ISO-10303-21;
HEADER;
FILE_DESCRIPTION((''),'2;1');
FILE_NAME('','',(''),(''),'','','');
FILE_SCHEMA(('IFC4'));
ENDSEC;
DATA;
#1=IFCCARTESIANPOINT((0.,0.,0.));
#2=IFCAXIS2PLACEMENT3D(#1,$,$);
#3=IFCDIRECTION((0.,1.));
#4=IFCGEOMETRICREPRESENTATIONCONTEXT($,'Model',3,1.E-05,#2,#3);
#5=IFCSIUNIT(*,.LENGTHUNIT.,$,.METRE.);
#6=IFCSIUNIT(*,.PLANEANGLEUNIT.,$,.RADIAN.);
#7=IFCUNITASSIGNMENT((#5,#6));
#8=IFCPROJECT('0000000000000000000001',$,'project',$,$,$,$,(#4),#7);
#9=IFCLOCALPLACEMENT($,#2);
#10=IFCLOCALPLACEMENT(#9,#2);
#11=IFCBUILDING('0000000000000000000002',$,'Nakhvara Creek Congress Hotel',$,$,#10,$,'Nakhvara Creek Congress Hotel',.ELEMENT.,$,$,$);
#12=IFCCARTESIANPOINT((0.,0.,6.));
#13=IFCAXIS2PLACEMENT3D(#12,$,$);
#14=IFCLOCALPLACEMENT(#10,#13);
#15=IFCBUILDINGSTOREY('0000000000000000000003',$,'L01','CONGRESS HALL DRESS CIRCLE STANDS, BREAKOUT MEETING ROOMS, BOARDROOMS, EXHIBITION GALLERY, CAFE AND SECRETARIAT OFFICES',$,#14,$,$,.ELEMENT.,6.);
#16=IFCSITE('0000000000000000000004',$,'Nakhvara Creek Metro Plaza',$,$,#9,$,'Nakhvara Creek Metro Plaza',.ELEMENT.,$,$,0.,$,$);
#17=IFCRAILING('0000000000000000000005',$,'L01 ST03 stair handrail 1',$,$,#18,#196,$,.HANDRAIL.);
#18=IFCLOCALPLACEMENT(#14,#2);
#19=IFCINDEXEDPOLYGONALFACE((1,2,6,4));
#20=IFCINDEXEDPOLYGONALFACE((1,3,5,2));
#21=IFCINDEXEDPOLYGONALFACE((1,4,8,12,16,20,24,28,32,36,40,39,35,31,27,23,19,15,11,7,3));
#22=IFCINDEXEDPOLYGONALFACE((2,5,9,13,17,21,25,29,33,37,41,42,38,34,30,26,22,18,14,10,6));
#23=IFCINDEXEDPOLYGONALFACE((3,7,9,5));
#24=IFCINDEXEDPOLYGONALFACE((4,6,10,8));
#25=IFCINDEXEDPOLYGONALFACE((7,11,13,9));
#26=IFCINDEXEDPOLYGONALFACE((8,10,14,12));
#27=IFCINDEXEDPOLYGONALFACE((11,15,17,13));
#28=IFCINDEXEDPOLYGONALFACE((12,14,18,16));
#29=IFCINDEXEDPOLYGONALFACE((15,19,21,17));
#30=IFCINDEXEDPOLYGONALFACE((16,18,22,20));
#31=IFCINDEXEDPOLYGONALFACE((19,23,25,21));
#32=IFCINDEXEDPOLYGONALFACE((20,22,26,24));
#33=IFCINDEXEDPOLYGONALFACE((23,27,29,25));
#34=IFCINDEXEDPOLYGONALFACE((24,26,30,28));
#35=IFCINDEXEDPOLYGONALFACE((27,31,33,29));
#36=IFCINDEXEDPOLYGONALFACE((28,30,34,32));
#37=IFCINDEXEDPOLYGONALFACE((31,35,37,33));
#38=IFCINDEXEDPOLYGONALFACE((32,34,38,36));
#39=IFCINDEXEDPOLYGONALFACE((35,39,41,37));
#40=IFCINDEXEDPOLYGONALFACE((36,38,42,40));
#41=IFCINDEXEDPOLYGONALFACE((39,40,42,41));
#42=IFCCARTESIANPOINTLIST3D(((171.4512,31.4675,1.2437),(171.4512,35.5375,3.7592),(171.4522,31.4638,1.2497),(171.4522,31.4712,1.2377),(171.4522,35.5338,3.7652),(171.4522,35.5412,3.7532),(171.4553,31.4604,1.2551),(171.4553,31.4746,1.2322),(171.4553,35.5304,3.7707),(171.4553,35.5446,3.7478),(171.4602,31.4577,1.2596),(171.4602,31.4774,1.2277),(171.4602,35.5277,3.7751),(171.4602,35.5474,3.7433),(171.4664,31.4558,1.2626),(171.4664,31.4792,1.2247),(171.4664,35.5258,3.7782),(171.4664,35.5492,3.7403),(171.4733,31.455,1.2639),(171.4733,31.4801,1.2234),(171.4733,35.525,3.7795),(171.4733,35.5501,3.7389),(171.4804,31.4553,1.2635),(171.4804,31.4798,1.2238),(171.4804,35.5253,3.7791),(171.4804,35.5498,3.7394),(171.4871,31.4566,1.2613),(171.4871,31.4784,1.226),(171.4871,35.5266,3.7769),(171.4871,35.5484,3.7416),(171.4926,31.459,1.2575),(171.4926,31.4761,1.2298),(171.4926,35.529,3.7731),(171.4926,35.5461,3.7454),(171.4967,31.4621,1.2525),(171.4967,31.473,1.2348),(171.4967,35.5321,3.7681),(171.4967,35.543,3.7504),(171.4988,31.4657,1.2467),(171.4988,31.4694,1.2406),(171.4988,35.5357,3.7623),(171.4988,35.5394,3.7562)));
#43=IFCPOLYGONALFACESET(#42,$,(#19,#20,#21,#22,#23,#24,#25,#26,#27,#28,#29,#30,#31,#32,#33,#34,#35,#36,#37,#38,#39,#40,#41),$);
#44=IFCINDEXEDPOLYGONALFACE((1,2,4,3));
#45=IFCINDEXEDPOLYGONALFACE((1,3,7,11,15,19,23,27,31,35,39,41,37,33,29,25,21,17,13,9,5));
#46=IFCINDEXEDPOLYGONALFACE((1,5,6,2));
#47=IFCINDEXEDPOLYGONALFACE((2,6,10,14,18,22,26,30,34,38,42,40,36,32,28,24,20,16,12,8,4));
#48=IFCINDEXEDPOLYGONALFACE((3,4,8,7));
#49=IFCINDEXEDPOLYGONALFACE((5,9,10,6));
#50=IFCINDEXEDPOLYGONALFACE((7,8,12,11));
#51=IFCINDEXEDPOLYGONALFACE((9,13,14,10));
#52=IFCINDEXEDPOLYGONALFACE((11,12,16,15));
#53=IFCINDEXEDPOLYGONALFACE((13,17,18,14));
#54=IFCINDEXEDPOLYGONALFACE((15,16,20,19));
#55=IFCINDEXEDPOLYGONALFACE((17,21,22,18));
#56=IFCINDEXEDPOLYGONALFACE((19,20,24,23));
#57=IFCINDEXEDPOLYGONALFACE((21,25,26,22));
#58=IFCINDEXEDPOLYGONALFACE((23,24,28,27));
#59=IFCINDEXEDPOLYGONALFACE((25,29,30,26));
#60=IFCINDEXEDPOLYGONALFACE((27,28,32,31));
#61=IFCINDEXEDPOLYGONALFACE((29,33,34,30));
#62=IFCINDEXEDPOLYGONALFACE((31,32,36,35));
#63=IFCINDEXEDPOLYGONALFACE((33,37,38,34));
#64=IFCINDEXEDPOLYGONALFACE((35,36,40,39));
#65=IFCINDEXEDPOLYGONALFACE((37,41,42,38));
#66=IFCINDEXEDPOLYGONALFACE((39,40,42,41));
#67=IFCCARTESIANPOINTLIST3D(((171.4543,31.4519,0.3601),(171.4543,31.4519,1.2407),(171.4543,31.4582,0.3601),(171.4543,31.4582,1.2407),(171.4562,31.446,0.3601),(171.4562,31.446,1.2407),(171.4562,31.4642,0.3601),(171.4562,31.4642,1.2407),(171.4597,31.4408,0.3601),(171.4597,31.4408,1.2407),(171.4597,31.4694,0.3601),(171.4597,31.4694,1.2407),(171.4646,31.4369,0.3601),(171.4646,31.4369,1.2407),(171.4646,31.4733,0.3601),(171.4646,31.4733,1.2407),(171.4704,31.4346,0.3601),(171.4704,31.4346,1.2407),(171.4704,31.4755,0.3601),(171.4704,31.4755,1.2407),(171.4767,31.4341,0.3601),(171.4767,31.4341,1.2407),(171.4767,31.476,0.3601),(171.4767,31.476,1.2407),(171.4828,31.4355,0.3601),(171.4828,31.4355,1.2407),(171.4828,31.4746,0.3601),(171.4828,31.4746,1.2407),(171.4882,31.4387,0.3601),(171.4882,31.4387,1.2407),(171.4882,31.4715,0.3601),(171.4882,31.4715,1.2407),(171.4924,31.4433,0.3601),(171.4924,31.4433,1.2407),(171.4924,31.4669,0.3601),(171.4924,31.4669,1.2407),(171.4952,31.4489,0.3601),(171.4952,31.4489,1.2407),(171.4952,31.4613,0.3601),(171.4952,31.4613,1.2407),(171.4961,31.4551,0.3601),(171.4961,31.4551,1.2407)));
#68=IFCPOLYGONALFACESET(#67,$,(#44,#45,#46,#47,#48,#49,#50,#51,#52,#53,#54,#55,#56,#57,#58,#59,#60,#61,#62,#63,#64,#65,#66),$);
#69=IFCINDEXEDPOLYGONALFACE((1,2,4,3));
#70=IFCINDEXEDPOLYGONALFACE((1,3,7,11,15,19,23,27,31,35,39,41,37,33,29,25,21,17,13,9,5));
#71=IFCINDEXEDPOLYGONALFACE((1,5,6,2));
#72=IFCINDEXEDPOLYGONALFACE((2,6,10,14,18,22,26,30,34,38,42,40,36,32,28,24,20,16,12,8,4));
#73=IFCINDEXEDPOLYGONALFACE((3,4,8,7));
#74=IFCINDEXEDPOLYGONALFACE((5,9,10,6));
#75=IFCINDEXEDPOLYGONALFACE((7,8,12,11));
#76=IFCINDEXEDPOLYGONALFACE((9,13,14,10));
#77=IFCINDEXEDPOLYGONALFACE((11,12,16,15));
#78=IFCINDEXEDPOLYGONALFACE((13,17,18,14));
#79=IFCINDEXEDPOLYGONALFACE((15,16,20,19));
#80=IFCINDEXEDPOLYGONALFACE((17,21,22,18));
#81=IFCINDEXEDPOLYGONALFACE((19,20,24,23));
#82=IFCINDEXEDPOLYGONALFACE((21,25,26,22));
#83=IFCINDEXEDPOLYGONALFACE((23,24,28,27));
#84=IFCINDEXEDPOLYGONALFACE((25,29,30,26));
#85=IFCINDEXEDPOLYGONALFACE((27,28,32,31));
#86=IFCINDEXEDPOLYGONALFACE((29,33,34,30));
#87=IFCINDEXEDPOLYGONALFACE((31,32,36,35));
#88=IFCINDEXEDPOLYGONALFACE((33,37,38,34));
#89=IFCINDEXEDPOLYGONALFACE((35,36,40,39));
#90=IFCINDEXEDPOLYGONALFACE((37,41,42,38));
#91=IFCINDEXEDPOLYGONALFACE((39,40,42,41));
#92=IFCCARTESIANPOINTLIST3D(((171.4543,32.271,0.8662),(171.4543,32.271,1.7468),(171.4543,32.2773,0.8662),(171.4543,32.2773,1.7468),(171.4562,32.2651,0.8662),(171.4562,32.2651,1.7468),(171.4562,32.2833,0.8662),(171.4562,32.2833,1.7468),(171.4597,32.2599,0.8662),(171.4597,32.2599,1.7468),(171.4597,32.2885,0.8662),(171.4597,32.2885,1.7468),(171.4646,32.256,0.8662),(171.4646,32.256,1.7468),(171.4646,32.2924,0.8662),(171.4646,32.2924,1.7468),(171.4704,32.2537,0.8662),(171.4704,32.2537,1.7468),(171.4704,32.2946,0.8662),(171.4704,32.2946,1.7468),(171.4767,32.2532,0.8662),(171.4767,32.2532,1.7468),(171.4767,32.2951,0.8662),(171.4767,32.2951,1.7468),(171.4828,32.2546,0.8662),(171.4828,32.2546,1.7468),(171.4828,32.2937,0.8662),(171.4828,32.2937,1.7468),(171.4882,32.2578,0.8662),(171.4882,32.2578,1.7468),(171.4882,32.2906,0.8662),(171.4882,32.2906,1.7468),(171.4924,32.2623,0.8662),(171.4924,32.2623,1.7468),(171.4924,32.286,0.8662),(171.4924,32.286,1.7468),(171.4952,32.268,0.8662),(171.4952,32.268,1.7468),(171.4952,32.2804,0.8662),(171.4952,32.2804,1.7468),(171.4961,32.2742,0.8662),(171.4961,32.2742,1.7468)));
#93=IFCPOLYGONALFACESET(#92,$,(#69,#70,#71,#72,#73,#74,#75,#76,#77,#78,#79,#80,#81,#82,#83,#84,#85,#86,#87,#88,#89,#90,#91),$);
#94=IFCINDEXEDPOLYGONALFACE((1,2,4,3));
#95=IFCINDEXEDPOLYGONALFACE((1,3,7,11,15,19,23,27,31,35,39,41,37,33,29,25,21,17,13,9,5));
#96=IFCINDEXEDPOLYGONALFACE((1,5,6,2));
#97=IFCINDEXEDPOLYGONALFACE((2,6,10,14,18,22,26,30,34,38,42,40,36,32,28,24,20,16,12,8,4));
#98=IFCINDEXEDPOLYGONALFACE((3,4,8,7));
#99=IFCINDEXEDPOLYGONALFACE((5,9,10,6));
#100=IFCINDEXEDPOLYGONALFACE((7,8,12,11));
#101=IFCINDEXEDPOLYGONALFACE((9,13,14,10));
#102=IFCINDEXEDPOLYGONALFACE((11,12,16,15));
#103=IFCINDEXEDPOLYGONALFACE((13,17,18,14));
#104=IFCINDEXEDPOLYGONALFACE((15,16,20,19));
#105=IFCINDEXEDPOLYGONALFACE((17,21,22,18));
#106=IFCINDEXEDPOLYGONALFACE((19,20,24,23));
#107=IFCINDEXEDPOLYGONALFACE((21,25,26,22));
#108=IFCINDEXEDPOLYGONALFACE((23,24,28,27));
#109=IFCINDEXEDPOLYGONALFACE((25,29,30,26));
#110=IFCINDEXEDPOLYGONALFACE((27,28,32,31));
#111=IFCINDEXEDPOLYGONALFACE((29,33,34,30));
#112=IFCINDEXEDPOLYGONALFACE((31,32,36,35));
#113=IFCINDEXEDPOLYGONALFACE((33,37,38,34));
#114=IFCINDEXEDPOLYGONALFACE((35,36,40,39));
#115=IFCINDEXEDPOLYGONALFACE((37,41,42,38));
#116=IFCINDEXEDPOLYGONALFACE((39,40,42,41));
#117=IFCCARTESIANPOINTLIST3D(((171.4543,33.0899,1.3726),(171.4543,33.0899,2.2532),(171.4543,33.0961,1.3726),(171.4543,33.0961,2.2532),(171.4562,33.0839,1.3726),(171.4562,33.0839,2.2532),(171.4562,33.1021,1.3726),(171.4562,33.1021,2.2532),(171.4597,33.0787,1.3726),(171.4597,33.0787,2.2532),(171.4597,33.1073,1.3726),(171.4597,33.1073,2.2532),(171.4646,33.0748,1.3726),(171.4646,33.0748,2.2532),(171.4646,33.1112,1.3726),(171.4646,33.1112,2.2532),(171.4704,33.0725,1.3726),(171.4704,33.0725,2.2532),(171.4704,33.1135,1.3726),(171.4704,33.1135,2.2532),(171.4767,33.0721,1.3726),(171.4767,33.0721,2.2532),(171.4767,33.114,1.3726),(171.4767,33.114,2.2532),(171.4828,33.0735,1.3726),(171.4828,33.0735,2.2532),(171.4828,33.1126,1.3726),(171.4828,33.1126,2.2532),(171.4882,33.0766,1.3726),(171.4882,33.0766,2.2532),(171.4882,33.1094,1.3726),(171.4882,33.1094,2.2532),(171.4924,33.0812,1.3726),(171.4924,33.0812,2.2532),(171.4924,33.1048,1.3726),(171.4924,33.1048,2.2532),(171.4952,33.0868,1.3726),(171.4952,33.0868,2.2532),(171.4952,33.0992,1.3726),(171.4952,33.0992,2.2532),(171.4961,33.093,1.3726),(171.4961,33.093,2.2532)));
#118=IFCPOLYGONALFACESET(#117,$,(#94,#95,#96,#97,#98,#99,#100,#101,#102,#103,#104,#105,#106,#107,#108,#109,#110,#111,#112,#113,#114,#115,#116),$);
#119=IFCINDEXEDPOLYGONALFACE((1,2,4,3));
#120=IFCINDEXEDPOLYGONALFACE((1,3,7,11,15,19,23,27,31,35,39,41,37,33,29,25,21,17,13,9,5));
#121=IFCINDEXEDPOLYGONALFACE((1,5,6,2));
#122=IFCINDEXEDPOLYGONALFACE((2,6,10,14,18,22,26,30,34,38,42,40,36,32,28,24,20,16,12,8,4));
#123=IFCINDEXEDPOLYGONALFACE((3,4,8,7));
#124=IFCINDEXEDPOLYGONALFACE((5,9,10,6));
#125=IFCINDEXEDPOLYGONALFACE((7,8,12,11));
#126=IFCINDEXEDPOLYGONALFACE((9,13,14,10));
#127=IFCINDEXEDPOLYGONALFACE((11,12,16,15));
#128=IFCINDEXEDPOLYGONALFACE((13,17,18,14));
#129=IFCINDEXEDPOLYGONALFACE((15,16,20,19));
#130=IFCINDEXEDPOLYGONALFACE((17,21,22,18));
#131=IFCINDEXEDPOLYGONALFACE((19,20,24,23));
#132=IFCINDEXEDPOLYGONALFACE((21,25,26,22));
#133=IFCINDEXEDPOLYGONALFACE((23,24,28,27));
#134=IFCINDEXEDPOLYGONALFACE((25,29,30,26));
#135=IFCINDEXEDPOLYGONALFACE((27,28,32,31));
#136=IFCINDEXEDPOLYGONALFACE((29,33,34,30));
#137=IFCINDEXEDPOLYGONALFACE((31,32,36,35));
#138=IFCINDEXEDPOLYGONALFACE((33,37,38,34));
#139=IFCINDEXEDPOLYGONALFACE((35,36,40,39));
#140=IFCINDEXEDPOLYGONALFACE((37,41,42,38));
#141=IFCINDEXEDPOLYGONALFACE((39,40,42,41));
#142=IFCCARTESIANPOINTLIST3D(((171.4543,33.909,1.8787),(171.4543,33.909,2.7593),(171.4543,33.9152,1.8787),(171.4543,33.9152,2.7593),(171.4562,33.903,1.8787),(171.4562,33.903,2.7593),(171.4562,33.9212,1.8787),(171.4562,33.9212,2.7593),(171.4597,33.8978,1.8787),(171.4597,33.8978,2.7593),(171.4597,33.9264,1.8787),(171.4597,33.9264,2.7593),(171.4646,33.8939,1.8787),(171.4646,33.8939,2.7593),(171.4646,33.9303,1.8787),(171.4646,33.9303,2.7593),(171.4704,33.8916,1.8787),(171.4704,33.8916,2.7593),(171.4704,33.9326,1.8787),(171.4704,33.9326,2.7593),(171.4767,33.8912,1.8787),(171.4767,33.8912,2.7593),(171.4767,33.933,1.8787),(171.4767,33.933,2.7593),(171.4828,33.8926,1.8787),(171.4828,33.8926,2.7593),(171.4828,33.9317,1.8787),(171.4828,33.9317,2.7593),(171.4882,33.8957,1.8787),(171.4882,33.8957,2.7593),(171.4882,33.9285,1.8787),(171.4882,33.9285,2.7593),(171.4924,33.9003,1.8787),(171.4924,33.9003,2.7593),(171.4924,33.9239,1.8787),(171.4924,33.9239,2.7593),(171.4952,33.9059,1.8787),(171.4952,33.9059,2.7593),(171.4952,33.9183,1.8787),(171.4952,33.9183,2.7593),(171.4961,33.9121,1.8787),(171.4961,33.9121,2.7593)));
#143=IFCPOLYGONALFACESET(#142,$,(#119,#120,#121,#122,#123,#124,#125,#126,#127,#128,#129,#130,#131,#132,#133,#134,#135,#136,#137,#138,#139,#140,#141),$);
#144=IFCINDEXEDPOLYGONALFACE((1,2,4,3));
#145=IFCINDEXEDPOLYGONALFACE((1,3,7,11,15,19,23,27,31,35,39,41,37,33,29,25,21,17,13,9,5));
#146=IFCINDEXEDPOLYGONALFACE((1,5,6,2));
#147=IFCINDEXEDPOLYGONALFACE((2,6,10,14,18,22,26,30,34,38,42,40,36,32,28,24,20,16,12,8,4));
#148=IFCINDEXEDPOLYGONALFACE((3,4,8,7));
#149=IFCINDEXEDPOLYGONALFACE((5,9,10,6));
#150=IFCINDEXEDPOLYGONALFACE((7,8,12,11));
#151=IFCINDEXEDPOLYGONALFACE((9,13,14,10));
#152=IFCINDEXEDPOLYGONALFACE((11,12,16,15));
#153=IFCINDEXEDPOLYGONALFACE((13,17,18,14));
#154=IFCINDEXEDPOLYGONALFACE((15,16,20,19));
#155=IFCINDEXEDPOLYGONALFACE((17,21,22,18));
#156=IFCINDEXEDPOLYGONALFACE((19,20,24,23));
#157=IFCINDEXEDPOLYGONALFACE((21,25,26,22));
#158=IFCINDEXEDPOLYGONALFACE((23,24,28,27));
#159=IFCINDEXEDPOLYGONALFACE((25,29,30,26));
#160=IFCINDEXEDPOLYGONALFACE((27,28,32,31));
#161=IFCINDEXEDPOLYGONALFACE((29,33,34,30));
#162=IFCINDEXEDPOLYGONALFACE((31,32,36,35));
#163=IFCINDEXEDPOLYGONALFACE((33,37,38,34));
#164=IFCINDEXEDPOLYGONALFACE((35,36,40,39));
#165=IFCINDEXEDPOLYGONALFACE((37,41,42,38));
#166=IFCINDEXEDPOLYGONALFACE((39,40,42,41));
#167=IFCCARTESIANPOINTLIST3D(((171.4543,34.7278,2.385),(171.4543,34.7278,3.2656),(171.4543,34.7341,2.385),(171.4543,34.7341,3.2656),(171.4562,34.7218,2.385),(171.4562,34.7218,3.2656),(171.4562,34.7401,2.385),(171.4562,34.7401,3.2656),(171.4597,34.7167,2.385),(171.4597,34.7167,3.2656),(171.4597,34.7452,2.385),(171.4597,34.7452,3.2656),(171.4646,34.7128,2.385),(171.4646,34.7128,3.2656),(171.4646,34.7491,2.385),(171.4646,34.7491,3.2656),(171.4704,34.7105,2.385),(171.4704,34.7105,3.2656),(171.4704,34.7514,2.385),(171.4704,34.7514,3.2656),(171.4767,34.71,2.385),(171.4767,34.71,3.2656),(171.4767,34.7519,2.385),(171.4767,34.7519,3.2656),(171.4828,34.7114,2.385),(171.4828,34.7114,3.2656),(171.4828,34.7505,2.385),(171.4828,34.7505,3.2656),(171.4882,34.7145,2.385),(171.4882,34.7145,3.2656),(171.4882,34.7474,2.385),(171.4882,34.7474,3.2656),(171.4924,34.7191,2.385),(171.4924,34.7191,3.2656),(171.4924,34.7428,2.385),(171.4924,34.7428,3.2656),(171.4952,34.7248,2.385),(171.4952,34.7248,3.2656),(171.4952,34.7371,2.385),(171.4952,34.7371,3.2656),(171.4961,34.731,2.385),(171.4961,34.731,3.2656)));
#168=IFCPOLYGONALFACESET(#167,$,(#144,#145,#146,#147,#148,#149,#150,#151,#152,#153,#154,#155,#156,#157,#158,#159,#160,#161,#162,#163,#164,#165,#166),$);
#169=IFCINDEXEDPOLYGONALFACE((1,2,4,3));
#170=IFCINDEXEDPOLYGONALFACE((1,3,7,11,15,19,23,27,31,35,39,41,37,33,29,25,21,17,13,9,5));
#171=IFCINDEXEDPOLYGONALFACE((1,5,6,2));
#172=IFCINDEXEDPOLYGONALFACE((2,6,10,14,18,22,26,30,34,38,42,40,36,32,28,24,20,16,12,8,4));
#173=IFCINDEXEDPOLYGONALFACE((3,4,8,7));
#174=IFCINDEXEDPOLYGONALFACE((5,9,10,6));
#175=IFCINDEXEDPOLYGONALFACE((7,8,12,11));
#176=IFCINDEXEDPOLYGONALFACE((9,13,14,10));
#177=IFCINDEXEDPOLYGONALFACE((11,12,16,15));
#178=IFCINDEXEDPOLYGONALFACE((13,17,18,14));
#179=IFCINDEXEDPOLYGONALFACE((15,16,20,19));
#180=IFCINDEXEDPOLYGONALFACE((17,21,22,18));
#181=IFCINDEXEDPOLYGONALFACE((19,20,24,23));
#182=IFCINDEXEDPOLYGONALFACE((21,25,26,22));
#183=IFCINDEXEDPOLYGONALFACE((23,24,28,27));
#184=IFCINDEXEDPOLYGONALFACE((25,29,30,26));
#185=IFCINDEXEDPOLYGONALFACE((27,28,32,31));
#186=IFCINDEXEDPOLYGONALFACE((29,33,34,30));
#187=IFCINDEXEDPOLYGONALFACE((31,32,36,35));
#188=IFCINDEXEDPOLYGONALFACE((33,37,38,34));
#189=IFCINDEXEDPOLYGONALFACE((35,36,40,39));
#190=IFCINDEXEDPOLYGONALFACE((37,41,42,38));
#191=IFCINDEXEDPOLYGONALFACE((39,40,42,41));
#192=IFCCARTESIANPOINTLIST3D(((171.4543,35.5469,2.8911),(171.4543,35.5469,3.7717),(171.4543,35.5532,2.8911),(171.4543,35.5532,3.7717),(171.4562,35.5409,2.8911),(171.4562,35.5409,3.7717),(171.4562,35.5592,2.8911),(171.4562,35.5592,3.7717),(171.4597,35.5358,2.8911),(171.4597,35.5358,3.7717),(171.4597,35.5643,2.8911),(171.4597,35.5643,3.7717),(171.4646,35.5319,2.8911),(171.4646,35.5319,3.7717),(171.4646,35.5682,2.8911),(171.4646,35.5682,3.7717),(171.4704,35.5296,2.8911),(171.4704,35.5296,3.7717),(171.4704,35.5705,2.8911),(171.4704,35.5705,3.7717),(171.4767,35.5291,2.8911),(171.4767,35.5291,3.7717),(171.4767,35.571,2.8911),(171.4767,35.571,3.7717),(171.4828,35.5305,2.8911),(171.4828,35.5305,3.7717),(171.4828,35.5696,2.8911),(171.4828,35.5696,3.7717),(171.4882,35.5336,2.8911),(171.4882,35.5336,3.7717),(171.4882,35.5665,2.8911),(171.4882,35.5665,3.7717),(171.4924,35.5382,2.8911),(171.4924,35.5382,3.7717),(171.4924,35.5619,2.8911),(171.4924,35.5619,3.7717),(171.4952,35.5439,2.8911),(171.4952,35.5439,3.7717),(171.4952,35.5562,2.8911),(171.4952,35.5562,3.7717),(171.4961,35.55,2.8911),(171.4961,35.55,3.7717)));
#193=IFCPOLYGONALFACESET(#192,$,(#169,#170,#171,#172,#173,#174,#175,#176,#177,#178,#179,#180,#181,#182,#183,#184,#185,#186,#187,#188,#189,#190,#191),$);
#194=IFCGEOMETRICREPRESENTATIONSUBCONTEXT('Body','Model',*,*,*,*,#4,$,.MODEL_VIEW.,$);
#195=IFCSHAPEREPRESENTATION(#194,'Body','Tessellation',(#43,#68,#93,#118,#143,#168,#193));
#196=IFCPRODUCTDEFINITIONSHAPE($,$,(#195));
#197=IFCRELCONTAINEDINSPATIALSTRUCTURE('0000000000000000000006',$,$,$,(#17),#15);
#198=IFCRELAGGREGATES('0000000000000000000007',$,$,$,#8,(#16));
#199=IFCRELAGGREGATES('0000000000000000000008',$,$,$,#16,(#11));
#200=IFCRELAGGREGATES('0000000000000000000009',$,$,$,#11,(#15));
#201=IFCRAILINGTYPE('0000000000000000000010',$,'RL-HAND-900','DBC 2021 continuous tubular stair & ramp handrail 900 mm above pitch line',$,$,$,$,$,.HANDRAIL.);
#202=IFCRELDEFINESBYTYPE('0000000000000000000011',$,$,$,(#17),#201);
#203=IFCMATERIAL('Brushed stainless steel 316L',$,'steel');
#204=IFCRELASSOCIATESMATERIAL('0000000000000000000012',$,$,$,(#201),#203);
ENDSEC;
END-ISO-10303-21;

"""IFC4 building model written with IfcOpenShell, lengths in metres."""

from ifc_helpers import new_model, si_unit, direction, frame, origin, origin_2d, place, context, subcontext, project, spatial, circle, extrude, material, type_object, element, save


model = new_model("IFC4")

# Units and contexts
model_context = context("Model", 3, precision=1e-05, world=origin(), true_north=direction((0.0, 1.0)))
body_context = subcontext(model_context, "Body", "Model", "MODEL_VIEW")
ifc_project = project(units=[si_unit("LENGTHUNIT", "METRE"), si_unit("PLANEANGLEUNIT", "RADIAN")], contexts=[model_context])

# Site, building, storey
site_placement = place(None, origin())
site = spatial("IfcSite", under=ifc_project, at=site_placement, Name="Nakhvara Creek Metro Plaza", LongName="Nakhvara Creek Metro Plaza", CompositionType="ELEMENT", RefElevation=0.0)
building_placement = place(site_placement, origin())
building = spatial("IfcBuilding", under=site, at=building_placement, Name="Nakhvara Creek Congress Hotel", LongName="Nakhvara Creek Congress Hotel", CompositionType="ELEMENT")
storey_placement = place(building_placement, frame((0.0, 0.0, 6.0)))
storey = spatial("IfcBuildingStorey", under=building, at=storey_placement, Name="L01", Description="CONGRESS HALL DRESS CIRCLE STANDS, BREAKOUT MEETING ROOMS, BOARDROOMS, EXHIBITION GALLERY, CAFE AND SECRETARIAT OFFICES", CompositionType="ELEMENT", Elevation=6.0)

# Railing
ifc_material_1 = material(Name="Brushed stainless steel 316L", Category="steel")
railing_type = type_object("IfcRailingType", Name="RL-HAND-900", Description="DBC 2021 continuous tubular stair & ramp handrail 900 mm above pitch line", PredefinedType="HANDRAIL", material=ifc_material_1)
railing_placement = place(storey_placement, frame((171.4751, 31.4551, 0.3601)))
element("IfcRailing", 1, at=railing_placement, inside=storey, type_object=railing_type, Name="L01 ST03 stair handrail 1", PredefinedType="HANDRAIL", context=body_context, shape_type="SweptSolid", body=[
    extrude(circle(Radius=0.0239, at=origin_2d()), frame((0.0, 0.0125, 0.8835), z_axis=(0.0, 0.850635, 0.525757), x_axis=(-1.0, 0.0, 0.0)), (0.0, 0.0, 1.0), 4.7847),
    extrude(circle(Radius=0.021, at=origin_2d()), origin(), (0.0, 0.0, 1.0), 0.8806),
    extrude(circle(Radius=0.021, at=origin_2d()), frame((0.0, 0.8191, 0.5061)), (0.0, 0.0, 1.0), 0.8806),
    extrude(circle(Radius=0.021, at=origin_2d()), frame((0.0, 1.6379, 1.0125)), (0.0, 0.0, 1.0), 0.8806),
    extrude(circle(Radius=0.021, at=origin_2d()), frame((0.0, 2.457, 1.5186)), (0.0, 0.0, 1.0), 0.8806),
    extrude(circle(Radius=0.021, at=origin_2d()), frame((0.0, 3.2759, 2.0249)), (0.0, 0.0, 1.0), 0.8806),
    extrude(circle(Radius=0.021, at=origin_2d()), frame((0.0, 4.095, 2.531)), (0.0, 0.0, 1.0), 0.8806),
])

save(model, "model.ifc")
